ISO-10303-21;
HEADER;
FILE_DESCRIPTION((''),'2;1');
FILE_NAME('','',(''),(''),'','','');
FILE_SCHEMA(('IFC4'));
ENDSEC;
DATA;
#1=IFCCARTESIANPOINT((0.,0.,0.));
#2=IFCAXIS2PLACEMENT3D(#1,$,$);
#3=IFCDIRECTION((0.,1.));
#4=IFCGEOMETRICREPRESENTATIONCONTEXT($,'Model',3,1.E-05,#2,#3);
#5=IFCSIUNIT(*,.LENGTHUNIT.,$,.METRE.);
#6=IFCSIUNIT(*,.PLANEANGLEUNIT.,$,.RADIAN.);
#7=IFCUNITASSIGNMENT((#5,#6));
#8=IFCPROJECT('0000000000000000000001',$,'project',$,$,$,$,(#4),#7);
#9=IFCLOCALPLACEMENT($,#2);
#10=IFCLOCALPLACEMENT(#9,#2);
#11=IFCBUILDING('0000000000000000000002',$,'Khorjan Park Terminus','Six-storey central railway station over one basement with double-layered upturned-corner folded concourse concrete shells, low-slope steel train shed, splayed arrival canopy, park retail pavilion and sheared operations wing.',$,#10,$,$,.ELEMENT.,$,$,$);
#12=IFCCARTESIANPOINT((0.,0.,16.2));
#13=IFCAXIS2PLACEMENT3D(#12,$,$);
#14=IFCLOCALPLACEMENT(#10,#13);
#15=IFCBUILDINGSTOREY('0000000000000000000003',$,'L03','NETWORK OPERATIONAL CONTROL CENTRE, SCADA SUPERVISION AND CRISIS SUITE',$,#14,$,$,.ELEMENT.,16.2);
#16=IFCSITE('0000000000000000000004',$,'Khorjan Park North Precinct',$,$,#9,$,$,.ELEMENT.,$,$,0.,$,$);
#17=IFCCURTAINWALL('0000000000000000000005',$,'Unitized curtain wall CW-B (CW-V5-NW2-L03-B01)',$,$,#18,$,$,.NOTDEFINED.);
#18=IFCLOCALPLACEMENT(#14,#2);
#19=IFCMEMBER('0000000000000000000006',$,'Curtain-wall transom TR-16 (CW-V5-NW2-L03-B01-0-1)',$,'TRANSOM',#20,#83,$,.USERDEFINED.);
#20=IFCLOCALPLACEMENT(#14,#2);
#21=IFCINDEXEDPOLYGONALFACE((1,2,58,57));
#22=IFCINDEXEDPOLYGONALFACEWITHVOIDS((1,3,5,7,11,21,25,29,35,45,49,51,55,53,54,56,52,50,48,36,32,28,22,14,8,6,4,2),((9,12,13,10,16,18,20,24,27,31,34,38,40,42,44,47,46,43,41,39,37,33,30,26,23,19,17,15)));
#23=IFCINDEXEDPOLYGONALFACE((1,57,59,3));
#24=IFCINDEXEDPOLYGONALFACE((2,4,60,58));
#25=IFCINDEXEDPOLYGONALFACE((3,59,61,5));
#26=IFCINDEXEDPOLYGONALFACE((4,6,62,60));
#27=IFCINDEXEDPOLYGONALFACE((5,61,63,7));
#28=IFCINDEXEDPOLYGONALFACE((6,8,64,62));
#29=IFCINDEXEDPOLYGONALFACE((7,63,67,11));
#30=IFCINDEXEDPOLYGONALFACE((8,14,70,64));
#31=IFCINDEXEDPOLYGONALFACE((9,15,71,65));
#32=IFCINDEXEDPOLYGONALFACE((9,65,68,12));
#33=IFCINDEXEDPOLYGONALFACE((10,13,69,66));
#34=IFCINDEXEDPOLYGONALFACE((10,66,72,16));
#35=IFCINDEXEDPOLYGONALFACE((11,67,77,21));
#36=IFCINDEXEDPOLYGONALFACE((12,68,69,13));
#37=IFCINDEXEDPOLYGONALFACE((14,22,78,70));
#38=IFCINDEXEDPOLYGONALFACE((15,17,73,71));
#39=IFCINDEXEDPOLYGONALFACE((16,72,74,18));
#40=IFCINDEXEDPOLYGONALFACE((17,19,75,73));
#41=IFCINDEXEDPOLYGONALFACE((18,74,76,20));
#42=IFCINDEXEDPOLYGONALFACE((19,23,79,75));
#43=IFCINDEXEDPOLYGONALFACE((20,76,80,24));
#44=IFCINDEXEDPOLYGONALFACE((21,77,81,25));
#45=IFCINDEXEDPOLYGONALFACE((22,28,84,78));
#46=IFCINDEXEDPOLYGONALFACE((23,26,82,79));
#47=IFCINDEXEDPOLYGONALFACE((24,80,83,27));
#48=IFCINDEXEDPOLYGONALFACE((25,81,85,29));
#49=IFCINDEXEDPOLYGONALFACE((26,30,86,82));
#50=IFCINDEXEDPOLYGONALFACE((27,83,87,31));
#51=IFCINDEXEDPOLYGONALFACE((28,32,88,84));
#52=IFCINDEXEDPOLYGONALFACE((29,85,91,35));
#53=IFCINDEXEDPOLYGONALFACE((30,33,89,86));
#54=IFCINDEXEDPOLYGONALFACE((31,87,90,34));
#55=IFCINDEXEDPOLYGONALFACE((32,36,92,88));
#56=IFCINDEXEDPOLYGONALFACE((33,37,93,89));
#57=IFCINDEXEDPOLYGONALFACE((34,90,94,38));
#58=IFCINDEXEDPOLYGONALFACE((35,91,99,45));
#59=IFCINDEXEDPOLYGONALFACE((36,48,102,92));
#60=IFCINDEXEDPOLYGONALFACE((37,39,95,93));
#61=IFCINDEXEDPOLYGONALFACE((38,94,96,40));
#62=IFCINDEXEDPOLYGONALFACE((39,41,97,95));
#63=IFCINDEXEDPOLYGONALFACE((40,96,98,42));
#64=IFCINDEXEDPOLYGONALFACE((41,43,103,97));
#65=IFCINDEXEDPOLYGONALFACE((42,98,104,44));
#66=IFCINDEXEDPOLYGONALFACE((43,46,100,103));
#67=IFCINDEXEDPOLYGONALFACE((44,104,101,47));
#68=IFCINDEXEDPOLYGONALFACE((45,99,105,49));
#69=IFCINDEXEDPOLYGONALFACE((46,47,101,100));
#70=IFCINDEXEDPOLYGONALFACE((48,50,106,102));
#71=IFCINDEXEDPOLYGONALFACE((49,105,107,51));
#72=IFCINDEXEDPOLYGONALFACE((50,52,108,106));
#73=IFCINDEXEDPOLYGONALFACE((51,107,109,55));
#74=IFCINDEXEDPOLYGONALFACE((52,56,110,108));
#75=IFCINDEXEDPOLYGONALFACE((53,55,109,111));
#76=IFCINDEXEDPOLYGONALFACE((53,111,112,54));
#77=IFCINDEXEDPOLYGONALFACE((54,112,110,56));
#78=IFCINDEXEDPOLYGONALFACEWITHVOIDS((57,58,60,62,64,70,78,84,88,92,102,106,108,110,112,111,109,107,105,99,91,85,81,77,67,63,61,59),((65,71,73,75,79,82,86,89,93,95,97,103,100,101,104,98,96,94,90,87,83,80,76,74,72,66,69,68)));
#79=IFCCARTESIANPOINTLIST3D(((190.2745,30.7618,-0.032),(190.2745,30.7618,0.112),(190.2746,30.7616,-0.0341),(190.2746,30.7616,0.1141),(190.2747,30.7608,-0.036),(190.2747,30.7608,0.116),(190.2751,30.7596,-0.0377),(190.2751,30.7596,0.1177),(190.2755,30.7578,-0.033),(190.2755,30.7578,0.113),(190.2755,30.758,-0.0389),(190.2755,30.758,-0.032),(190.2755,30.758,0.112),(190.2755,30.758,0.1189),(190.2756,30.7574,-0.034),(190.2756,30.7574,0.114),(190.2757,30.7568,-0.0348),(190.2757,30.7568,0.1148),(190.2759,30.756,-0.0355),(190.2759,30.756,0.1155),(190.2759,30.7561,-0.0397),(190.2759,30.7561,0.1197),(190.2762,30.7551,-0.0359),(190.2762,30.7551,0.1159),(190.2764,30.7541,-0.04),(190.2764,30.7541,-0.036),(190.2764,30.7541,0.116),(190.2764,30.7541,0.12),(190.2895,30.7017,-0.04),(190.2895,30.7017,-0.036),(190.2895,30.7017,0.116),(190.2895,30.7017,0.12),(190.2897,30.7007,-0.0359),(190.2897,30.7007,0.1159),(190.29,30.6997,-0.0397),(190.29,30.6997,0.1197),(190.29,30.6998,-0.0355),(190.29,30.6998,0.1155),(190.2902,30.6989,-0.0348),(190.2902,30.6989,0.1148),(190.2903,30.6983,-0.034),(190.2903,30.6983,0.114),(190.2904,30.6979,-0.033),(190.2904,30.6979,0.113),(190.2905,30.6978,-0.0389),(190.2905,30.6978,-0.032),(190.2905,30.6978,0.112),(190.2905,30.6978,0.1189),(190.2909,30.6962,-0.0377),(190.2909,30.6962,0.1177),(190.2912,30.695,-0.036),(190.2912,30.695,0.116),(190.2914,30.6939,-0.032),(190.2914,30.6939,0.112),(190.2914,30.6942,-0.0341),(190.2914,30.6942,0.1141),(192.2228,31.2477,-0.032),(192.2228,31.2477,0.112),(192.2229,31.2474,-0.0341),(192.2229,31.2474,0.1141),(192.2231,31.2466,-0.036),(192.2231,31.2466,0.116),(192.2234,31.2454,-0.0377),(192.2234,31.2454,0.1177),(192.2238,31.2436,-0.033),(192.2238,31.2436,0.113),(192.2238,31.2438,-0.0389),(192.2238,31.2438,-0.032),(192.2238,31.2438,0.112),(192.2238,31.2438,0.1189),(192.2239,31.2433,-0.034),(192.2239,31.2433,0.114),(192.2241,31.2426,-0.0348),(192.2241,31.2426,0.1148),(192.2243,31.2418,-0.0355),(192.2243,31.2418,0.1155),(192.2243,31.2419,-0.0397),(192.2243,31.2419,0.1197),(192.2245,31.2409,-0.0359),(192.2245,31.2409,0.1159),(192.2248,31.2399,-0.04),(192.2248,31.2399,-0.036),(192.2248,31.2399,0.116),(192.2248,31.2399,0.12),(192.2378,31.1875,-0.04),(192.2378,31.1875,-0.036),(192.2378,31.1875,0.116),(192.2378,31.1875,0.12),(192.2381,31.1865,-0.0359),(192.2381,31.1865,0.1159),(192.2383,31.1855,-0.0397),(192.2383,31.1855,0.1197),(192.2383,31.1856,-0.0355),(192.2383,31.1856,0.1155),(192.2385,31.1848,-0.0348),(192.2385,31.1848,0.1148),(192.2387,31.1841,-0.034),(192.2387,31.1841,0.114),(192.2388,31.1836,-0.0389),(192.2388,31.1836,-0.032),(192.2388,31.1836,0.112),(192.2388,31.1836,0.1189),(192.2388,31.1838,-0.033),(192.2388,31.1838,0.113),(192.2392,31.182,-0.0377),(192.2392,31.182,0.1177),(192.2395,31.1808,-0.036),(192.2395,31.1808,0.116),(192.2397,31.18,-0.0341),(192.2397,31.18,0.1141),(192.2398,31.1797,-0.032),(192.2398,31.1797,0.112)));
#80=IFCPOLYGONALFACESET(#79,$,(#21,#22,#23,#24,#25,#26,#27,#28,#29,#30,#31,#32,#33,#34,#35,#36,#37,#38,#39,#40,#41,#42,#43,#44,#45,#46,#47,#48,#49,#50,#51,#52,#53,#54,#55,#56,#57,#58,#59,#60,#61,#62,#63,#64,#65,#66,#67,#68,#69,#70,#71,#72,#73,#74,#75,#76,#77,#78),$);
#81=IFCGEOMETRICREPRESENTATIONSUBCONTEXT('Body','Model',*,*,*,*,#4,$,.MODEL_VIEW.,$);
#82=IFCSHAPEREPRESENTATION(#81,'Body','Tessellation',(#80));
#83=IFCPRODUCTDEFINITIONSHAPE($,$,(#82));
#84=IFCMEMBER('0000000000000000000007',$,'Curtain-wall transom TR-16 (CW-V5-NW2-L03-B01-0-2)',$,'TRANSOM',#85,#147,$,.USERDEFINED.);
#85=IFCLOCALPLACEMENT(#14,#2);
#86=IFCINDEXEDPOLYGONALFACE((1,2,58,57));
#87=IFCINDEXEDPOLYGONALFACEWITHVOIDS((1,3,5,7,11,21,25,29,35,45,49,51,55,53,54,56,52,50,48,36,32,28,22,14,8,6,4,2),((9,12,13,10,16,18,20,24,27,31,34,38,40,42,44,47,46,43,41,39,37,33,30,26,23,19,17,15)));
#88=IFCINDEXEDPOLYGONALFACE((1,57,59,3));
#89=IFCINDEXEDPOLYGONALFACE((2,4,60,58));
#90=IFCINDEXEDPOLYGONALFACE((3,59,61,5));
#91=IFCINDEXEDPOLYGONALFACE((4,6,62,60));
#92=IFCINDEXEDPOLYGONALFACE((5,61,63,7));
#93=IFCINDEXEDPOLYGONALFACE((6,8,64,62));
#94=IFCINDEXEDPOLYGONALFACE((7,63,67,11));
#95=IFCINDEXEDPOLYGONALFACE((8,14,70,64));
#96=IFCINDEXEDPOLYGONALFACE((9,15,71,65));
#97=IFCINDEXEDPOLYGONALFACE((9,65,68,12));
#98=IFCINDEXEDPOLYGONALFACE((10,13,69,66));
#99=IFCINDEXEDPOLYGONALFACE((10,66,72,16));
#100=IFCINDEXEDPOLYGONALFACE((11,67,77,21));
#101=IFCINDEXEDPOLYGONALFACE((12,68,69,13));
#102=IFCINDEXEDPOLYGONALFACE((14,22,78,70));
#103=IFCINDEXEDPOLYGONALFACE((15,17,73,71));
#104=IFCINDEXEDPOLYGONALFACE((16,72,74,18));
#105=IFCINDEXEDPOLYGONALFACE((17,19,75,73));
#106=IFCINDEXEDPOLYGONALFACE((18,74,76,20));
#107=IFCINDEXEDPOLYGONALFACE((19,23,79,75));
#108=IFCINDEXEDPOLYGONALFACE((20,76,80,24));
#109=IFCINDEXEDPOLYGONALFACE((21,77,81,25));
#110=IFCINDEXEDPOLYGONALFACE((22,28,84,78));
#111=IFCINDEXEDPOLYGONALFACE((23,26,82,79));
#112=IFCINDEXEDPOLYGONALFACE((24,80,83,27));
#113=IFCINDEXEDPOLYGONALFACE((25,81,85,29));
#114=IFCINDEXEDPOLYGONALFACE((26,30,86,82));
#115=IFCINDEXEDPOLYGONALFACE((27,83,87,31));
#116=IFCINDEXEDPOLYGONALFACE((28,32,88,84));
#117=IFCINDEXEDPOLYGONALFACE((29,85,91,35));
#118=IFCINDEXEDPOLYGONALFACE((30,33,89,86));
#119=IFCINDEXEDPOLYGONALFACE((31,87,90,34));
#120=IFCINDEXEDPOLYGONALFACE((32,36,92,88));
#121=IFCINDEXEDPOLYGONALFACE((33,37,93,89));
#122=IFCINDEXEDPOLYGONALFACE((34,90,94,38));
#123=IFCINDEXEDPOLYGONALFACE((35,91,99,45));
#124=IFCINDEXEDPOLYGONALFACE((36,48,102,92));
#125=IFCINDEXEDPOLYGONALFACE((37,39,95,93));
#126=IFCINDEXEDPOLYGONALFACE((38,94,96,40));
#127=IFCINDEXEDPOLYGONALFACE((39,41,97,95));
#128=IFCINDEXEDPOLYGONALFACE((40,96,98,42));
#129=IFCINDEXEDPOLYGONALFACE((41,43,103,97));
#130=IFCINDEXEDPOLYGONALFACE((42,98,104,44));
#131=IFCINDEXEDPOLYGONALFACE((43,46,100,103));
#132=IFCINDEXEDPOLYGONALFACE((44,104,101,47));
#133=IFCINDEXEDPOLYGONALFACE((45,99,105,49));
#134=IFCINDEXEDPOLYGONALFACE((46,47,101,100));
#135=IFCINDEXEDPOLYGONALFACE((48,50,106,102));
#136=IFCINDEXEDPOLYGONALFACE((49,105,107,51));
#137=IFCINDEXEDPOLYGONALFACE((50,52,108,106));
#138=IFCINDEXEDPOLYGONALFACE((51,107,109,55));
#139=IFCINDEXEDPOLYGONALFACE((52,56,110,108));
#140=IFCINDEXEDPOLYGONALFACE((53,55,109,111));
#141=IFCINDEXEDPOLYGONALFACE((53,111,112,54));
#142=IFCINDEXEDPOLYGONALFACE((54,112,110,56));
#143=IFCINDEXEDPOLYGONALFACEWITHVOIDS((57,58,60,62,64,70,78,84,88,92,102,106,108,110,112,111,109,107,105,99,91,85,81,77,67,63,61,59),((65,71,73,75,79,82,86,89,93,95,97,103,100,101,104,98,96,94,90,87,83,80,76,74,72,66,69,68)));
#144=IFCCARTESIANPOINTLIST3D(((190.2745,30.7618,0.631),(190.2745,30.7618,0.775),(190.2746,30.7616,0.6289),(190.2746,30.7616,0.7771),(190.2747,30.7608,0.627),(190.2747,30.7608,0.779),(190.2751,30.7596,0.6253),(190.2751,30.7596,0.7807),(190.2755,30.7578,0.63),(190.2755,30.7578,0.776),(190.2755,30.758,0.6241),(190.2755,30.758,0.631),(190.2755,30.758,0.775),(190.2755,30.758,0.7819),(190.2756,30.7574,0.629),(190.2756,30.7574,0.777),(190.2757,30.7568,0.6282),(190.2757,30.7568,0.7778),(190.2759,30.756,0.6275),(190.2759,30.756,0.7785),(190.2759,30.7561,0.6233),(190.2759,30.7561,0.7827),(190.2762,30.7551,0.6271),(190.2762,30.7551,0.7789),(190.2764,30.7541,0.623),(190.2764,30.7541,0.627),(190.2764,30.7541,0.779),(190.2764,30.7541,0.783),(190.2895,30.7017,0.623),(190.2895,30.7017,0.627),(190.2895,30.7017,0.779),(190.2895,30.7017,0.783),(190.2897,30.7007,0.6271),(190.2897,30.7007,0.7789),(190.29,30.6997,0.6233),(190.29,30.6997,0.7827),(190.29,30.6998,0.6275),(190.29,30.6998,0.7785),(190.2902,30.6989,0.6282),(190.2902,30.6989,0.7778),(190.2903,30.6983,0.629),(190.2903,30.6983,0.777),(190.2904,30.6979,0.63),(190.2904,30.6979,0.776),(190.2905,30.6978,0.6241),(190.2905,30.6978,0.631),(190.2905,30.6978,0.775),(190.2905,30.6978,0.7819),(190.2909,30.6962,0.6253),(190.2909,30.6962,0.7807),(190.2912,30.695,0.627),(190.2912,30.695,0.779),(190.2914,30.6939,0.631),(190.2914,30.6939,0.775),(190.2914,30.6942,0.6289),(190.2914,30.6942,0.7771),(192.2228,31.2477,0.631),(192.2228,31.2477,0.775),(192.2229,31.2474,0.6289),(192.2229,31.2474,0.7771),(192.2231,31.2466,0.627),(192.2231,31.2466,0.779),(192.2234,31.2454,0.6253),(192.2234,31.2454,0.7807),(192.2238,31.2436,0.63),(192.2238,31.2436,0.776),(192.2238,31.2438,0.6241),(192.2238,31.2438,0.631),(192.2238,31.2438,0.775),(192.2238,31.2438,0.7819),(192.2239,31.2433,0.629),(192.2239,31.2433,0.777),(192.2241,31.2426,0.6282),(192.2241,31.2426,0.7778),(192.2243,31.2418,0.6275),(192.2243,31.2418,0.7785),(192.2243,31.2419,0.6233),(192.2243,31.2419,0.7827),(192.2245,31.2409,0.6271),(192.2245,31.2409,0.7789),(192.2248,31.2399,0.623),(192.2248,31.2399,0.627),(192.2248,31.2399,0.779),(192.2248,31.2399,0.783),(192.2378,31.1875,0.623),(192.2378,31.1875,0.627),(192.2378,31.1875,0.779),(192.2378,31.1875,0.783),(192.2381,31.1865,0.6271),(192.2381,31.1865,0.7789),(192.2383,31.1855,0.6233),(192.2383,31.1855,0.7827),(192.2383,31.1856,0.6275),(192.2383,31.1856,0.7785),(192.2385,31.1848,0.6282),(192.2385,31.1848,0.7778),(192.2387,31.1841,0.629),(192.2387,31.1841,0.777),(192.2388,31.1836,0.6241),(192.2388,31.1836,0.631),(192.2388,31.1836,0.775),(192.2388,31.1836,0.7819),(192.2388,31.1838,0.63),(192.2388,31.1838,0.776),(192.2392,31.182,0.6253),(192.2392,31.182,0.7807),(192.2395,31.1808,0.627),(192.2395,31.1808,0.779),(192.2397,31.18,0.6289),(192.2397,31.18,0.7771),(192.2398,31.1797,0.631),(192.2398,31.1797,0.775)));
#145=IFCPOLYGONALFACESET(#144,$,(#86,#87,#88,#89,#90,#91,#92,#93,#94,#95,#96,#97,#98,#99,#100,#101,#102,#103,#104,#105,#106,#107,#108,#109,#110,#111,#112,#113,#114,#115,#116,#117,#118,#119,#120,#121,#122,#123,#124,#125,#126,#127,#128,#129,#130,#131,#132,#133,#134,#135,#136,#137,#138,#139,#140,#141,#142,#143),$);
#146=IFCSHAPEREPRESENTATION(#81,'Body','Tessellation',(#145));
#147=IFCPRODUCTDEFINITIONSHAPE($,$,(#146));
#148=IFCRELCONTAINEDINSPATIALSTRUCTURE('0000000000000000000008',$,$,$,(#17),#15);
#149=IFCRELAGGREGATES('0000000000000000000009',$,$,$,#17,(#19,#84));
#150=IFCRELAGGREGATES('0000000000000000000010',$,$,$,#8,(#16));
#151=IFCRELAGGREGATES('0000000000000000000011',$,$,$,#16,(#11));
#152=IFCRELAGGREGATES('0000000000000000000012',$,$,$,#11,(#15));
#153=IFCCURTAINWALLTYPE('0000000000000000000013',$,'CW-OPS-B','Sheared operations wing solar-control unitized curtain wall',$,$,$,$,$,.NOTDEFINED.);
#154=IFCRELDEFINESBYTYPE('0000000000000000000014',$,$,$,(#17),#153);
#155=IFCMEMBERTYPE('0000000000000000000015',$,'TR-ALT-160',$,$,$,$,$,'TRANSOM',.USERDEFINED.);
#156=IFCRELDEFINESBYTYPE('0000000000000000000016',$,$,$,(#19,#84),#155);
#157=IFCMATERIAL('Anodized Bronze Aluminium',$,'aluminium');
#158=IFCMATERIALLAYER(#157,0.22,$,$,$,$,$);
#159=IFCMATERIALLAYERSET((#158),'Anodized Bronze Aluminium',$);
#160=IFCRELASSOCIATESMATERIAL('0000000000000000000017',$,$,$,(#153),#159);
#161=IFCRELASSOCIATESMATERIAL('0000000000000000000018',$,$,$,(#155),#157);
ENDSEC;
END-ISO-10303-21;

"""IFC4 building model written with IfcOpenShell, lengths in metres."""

from ifc_helpers import new_model, si_unit, direction, frame, origin, origin_2d, place, context, subcontext, project, spatial, hollow_rectangle, extrude, material, layer, layer_set, material_profile, profile_set, type_object, element, aggregate, save


model = new_model("IFC4")

# Units and contexts
model_context = context("Model", 3, precision=1e-05, world=origin(), true_north=direction((0.0, 1.0)))
body_context = subcontext(model_context, "Body", "Model", "MODEL_VIEW")
ifc_project = project(units=[si_unit("LENGTHUNIT", "METRE"), si_unit("PLANEANGLEUNIT", "RADIAN")], contexts=[model_context])

# Site, building, storey
site_placement = place(None, origin())
site = spatial("IfcSite", under=ifc_project, at=site_placement, Name="Khorjan Park North Precinct", CompositionType="ELEMENT", RefElevation=0.0)
building_placement = place(site_placement, origin())
building = spatial("IfcBuilding", under=site, at=building_placement, Name="Khorjan Park Terminus", Description="Six-storey central railway station over one basement with double-layered upturned-corner folded concourse concrete shells, low-slope steel train shed, splayed arrival canopy, park retail pavilion and sheared operations wing.", CompositionType="ELEMENT")
storey_placement = place(building_placement, frame((0.0, 0.0, 16.2)))
storey = spatial("IfcBuildingStorey", under=building, at=storey_placement, Name="L03", Description="NETWORK OPERATIONAL CONTROL CENTRE, SCADA SUPERVISION AND CRISIS SUITE", CompositionType="ELEMENT", Elevation=16.2)

# Curtain wall, members
ifc_material_1 = material(Name="Anodized Bronze Aluminium", Category="aluminium")
ifc_layer_1 = layer(ifc_material_1, 0.22)
ifc_layer_set_1 = layer_set([ifc_layer_1], Name="Anodized Bronze Aluminium")
curtain_wall_type = type_object("IfcCurtainWallType", Name="CW-OPS-B", Description="Sheared operations wing solar-control unitized curtain wall", PredefinedType="NOTDEFINED", material=ifc_layer_set_1)
curtain_wall_placement = place(storey_placement, origin())
curtain_wall = element("IfcCurtainWall", 1, at=curtain_wall_placement, inside=storey, type_object=curtain_wall_type, Name="Unitized curtain wall CW-B (CW-V5-NW2-L03-B01)", PredefinedType="NOTDEFINED")
ifc_material_profile_1 = material_profile(ifc_material_1, hollow_rectangle(XDim=0.07, YDim=0.16, WallThickness=0.004, InnerFilletRadius=0.004, OuterFilletRadius=0.008, at=origin_2d()), Name="ALT 70x160x4")
ifc_profile_set_1 = profile_set([ifc_material_profile_1], Name="Anodized Bronze Aluminium")
member_type_1 = type_object("IfcMemberType", Name="TR-ALT-160", ElementType="TRANSOM", PredefinedType="USERDEFINED", material=ifc_profile_set_1)
member_1_placement = place(storey_placement, frame((192.2313, 31.2137, 0.04), z_axis=(-0.970292, -0.241938, 0.0), x_axis=(0.241938, -0.970292, 0.0)))
member_1 = element("IfcMember", 2, at=member_1_placement, type_object=member_type_1, Name="Curtain-wall transom TR-16 (CW-V5-NW2-L03-B01-0-1)", ObjectType="TRANSOM", PredefinedType="USERDEFINED", context=body_context, shape_type="SweptSolid", body=[
    extrude(hollow_rectangle(XDim=0.07, YDim=0.16, WallThickness=0.004, InnerFilletRadius=0.004, OuterFilletRadius=0.008, at=origin_2d()), origin(), (0.0, 0.0, 1.0), 2.008),
])
member_2_placement = place(storey_placement, frame((192.2313, 31.2137, 0.703), z_axis=(-0.970292, -0.241938, 0.0), x_axis=(0.241938, -0.970292, 0.0)))
member_2 = element("IfcMember", 3, at=member_2_placement, type_object=member_type_1, Name="Curtain-wall transom TR-16 (CW-V5-NW2-L03-B01-0-2)", ObjectType="TRANSOM", PredefinedType="USERDEFINED", context=body_context, shape_type="SweptSolid", body=[
    extrude(hollow_rectangle(XDim=0.07, YDim=0.16, WallThickness=0.004, InnerFilletRadius=0.004, OuterFilletRadius=0.008, at=origin_2d()), origin(), (0.0, 0.0, 1.0), 2.008),
])
aggregate(curtain_wall, [member_1, member_2])

save(model, "model.ifc")
